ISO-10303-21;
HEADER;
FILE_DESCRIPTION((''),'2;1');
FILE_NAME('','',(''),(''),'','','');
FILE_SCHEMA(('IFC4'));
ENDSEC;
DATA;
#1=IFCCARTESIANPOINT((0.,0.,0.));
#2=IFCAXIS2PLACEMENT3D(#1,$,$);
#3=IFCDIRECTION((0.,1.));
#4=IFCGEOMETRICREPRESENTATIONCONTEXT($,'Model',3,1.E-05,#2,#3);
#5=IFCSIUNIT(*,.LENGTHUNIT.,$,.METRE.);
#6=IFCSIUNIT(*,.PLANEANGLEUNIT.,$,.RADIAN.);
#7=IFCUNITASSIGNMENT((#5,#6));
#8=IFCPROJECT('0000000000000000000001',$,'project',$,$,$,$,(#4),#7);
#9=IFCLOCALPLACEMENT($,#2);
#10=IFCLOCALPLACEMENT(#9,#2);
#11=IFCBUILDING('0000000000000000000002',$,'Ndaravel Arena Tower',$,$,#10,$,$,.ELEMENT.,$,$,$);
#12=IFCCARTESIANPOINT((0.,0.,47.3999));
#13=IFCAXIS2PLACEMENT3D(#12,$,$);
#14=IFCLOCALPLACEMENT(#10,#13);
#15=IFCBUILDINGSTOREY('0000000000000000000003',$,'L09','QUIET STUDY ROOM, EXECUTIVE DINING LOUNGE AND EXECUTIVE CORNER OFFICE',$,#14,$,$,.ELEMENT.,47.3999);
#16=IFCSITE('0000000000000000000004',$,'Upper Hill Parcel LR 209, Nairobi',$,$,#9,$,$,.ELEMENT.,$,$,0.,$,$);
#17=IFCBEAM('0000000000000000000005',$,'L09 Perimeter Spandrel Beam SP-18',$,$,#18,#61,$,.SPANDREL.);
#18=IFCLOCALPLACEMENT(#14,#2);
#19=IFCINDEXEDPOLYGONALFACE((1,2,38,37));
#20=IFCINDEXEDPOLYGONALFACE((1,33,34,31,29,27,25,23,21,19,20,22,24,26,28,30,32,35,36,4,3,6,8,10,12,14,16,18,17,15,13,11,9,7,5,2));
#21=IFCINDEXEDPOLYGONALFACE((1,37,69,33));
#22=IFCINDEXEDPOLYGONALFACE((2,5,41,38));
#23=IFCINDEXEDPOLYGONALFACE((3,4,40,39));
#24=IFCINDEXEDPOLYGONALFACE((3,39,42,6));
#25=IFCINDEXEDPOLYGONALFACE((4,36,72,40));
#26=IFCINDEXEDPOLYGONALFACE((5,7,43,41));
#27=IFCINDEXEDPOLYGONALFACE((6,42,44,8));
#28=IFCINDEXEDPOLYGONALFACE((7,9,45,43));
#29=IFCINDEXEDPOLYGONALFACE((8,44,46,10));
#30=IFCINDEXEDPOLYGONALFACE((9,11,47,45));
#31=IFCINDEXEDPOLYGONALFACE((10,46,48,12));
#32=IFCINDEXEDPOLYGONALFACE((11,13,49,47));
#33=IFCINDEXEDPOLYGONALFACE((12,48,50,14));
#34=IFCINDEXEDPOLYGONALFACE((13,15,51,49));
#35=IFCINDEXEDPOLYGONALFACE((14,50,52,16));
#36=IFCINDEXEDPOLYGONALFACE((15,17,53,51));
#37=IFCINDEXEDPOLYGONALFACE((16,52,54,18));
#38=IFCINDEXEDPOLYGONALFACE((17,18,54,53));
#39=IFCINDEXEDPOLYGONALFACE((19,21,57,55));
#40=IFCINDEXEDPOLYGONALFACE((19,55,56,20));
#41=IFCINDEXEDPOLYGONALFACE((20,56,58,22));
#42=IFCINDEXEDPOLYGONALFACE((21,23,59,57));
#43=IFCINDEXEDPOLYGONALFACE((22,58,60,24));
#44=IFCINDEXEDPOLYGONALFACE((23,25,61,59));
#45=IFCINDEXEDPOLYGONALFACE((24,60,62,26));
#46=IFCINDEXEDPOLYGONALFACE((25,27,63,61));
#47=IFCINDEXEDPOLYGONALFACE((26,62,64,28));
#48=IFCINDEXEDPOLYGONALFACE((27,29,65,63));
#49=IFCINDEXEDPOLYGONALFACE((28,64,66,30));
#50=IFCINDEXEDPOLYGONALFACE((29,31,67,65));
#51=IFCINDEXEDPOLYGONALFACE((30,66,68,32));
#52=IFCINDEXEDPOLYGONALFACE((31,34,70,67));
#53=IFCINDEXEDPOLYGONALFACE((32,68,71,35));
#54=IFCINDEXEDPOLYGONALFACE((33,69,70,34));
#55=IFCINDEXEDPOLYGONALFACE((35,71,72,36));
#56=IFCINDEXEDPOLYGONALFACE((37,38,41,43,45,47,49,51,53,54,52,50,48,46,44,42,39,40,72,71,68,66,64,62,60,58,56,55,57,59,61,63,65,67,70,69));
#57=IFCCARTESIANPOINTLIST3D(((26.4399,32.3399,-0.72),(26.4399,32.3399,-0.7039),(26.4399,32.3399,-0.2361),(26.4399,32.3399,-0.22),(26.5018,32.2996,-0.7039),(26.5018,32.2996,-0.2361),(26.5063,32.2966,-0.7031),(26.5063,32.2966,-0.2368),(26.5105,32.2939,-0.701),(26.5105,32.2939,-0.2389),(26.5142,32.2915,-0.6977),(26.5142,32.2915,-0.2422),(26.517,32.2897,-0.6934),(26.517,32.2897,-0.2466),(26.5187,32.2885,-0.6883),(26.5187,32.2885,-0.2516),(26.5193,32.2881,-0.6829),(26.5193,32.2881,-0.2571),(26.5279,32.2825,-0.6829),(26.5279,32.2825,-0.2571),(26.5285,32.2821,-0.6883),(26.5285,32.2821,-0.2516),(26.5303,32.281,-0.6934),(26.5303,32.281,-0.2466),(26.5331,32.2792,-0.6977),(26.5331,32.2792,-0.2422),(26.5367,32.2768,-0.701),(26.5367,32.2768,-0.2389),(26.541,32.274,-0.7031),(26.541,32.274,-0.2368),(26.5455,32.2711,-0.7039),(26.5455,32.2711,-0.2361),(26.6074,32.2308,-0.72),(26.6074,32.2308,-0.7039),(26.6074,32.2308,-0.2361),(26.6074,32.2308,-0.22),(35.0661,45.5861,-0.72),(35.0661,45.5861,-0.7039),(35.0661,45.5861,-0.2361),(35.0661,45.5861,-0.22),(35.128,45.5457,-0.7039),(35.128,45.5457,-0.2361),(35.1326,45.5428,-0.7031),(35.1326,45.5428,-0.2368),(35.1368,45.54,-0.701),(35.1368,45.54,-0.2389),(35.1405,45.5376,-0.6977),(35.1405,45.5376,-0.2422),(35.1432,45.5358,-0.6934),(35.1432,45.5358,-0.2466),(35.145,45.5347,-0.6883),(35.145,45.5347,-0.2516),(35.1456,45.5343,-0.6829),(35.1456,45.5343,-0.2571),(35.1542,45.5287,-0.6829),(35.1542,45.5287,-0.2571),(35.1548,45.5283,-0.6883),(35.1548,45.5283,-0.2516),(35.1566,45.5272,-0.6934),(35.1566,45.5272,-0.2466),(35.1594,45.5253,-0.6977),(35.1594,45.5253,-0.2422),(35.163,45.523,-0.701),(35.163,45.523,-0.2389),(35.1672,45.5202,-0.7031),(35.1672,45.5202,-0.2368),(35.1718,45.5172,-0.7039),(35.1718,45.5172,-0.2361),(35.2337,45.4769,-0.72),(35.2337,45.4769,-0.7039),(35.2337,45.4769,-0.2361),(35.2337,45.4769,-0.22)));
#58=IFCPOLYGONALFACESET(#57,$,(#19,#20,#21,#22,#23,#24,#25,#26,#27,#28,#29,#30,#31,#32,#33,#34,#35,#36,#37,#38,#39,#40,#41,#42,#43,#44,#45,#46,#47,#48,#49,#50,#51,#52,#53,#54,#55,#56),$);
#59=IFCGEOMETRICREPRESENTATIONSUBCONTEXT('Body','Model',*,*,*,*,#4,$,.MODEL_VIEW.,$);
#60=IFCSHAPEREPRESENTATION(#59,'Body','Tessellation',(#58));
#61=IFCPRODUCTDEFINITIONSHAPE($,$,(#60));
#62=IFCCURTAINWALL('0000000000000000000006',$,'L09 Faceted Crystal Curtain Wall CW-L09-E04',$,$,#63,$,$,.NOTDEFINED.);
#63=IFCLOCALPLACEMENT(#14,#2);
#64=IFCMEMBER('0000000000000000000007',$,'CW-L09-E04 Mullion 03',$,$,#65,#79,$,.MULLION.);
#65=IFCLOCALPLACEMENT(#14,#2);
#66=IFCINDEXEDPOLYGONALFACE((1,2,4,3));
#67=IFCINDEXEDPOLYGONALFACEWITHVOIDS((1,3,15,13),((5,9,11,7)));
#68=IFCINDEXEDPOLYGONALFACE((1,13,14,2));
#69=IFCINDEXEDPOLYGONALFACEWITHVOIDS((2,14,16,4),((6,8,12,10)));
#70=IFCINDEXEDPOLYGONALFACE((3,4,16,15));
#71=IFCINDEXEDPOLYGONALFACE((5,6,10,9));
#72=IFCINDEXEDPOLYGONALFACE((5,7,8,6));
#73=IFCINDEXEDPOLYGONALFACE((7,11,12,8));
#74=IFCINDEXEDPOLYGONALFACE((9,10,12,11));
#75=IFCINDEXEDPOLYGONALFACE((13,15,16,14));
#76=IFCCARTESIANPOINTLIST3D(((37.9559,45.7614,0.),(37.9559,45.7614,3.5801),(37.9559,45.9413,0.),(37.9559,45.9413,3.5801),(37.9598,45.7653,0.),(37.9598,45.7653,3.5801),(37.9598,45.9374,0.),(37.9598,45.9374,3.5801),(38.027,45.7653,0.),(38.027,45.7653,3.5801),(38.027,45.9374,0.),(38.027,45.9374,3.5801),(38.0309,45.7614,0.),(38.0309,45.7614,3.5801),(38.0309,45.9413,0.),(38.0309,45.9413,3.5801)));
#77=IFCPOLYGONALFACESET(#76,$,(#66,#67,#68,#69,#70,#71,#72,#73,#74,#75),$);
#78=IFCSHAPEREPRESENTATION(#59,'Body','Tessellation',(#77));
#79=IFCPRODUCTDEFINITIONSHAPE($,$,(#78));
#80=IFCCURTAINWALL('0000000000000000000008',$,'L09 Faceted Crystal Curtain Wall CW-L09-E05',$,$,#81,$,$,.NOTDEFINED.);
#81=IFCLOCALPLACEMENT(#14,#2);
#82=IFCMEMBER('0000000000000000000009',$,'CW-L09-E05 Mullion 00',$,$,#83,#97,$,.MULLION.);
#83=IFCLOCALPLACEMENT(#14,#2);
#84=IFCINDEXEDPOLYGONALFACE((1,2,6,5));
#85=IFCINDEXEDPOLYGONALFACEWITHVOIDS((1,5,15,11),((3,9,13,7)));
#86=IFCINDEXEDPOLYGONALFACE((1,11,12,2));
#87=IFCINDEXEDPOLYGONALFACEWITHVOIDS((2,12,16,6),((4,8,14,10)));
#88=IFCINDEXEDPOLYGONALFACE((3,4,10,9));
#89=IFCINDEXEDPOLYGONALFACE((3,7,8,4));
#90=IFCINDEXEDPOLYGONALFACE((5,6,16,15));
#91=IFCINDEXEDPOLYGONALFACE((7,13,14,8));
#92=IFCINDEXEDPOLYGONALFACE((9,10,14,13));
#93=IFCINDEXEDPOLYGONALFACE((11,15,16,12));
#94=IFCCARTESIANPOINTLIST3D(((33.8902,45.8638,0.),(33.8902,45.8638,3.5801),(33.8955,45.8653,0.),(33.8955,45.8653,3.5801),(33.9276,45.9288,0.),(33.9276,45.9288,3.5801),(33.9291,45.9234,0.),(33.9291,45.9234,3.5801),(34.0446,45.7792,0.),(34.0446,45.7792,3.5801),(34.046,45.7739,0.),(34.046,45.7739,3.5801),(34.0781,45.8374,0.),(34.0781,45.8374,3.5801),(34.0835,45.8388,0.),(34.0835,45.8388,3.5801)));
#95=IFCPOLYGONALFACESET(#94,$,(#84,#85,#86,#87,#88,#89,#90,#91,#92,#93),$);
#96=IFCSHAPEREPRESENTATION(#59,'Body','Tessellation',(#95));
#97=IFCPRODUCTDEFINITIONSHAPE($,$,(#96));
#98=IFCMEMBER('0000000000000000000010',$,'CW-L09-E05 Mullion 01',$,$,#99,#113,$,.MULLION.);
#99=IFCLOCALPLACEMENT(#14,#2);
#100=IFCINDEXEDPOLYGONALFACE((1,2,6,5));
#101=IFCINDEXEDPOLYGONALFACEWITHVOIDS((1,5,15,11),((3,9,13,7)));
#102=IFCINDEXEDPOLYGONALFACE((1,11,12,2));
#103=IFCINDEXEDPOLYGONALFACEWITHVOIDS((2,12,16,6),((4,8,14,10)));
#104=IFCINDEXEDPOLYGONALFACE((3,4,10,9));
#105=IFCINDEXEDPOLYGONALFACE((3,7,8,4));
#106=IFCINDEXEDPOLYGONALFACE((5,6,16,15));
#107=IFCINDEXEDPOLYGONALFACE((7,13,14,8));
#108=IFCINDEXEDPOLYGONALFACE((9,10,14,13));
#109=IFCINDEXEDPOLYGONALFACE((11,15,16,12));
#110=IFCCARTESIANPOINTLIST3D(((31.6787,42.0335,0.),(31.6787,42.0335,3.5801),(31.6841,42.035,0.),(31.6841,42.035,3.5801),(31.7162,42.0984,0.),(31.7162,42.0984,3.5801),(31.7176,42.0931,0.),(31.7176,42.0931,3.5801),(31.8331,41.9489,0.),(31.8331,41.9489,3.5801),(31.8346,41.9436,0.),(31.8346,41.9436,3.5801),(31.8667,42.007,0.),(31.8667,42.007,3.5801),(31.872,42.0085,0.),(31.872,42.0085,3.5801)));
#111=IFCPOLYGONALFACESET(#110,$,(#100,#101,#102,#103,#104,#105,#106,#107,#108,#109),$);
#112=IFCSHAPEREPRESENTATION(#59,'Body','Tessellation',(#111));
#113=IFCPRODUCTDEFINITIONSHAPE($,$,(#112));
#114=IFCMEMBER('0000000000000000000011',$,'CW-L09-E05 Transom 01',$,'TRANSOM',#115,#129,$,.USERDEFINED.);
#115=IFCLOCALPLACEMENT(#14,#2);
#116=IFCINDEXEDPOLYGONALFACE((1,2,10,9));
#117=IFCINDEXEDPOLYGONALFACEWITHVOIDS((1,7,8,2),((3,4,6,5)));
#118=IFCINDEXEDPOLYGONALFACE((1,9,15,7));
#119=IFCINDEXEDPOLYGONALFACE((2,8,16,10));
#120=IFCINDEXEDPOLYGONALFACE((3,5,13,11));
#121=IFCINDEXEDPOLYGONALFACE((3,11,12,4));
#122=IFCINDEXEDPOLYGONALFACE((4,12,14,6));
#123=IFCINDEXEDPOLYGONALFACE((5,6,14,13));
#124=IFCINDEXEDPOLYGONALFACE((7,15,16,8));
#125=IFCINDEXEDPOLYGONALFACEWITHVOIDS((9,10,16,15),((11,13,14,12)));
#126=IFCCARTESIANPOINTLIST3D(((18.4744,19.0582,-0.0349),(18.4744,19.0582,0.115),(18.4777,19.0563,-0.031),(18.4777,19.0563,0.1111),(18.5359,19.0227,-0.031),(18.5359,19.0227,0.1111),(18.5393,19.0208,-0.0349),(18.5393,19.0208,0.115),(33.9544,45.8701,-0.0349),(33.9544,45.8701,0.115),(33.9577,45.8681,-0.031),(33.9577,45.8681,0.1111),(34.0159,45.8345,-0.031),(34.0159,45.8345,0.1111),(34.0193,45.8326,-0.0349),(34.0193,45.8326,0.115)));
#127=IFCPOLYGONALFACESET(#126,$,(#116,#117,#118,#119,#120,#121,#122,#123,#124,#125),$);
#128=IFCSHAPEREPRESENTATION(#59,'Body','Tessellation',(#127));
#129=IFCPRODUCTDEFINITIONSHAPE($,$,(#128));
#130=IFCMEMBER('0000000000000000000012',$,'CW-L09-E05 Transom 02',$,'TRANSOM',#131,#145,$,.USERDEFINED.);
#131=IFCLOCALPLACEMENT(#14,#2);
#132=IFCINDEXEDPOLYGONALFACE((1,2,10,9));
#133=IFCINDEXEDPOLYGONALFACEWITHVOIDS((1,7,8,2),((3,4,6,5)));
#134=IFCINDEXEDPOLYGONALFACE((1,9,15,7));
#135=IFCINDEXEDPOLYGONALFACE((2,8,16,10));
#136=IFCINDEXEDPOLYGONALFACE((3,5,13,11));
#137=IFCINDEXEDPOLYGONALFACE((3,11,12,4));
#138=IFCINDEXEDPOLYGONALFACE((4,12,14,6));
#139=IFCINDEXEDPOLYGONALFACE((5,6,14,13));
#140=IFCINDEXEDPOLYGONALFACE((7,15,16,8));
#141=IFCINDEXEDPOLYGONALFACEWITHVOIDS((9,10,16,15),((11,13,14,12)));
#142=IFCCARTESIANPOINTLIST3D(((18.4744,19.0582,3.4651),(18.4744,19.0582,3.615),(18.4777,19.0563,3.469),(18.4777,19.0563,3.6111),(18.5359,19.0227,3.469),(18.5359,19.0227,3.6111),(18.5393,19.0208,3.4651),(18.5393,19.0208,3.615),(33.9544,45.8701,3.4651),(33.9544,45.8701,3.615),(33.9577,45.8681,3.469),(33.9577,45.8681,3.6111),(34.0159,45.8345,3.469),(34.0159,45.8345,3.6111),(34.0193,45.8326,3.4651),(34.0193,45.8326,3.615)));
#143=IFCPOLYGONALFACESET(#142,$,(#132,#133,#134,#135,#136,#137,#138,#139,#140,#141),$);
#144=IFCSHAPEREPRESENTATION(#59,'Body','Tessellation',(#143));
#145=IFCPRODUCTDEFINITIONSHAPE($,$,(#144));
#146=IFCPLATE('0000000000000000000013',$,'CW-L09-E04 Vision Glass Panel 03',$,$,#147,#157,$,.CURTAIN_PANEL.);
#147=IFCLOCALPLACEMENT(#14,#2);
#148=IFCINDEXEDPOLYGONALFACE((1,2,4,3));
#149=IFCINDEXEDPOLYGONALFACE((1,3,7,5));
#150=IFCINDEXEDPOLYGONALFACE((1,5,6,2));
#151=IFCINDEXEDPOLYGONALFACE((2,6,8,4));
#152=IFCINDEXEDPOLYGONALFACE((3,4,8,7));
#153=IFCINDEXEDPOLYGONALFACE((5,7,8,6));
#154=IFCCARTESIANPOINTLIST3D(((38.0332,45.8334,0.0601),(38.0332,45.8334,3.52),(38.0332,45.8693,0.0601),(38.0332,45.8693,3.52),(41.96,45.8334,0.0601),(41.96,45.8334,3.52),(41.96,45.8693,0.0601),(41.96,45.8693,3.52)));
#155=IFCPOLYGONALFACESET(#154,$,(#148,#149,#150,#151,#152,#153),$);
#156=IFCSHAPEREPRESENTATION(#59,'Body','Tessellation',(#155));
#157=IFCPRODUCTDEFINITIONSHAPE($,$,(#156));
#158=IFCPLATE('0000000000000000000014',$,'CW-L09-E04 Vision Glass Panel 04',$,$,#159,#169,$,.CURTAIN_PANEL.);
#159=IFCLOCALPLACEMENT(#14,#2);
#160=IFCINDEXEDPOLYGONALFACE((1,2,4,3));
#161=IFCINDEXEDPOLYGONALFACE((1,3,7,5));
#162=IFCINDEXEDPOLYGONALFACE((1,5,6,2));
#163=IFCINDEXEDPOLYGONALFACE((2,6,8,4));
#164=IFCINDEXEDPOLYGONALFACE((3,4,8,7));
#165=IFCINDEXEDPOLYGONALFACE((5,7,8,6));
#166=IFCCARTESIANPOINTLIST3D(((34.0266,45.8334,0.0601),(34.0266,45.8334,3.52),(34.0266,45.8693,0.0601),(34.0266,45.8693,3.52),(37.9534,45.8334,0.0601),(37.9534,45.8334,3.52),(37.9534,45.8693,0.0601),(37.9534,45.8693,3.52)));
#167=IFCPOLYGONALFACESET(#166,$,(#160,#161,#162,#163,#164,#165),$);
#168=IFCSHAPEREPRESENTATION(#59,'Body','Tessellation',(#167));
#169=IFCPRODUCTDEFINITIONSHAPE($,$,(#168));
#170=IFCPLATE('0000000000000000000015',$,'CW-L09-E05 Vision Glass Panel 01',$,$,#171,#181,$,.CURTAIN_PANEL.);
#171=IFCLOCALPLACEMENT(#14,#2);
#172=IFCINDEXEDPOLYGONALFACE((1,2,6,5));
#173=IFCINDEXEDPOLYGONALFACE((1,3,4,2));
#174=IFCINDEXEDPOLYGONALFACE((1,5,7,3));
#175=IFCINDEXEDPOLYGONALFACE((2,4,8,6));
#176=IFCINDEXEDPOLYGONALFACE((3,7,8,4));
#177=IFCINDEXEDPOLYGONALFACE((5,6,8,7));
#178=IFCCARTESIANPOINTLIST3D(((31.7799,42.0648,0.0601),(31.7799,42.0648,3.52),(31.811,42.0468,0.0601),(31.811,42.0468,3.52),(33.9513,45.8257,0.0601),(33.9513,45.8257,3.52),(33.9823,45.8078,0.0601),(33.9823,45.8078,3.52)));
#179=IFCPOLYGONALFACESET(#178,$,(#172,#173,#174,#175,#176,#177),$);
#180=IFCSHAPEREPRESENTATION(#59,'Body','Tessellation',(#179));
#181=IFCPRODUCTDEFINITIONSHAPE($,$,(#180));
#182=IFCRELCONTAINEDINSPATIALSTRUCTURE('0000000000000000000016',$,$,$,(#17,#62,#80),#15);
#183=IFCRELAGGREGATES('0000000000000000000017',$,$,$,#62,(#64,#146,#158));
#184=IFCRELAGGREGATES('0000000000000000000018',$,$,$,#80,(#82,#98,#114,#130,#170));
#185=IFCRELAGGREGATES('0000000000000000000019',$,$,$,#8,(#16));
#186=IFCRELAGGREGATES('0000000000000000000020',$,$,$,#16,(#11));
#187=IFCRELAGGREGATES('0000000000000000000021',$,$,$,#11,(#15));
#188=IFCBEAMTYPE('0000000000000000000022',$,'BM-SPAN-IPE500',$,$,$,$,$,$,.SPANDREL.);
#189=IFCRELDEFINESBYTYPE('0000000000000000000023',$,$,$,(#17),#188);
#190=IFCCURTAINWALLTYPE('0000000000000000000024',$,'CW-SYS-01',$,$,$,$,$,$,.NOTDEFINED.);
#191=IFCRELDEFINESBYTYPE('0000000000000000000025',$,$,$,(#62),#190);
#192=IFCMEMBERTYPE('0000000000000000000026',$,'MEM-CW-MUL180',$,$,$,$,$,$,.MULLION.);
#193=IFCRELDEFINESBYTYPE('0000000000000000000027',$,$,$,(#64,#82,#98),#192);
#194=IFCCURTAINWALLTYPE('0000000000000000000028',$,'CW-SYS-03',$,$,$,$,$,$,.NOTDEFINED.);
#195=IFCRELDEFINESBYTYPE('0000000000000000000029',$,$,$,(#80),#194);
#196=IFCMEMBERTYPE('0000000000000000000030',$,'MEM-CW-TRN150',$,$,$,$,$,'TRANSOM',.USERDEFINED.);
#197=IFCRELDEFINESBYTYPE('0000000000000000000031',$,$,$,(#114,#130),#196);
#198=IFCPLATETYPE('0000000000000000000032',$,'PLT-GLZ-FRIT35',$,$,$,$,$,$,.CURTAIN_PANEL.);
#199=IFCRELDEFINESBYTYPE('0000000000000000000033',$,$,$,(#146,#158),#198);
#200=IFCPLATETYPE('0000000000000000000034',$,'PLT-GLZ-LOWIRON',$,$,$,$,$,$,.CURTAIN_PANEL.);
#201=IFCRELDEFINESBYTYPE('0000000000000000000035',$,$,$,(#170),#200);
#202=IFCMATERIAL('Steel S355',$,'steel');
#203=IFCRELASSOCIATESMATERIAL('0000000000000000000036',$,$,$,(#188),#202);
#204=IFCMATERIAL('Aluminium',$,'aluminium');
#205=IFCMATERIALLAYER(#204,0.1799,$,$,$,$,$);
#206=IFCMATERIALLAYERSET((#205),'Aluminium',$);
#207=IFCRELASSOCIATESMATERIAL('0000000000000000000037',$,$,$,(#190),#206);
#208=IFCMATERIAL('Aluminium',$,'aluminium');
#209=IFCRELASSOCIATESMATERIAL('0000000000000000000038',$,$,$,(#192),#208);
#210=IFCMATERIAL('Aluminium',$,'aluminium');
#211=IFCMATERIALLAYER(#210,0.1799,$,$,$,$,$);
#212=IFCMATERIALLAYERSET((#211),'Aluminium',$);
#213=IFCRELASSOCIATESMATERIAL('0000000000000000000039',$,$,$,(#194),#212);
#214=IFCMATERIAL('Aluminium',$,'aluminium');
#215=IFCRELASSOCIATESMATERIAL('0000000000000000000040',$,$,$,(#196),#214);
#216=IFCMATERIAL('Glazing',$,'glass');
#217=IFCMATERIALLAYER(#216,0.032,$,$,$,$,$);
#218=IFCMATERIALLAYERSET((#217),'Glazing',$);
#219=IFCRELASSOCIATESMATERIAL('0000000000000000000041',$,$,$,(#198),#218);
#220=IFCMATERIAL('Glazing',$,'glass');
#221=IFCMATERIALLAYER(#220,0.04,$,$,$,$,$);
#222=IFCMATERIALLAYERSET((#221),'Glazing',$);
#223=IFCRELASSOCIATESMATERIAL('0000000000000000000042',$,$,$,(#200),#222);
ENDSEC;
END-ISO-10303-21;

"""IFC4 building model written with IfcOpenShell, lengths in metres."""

from ifc_helpers import new_model, si_unit, direction, frame, origin, origin_2d, place, context, subcontext, project, spatial, rectangle, hollow_rectangle, i_section, extrude, material, layer, layer_set, material_profile, profile_set, type_object, element, aggregate, save


model = new_model("IFC4")

# Units and contexts
model_context = context("Model", 3, precision=1e-05, world=origin(), true_north=direction((0.0, 1.0)))
body_context = subcontext(model_context, "Body", "Model", "MODEL_VIEW")
ifc_project = project(units=[si_unit("LENGTHUNIT", "METRE"), si_unit("PLANEANGLEUNIT", "RADIAN")], contexts=[model_context])

# Site, building, storey
site_placement = place(None, origin())
site = spatial("IfcSite", under=ifc_project, at=site_placement, Name="Upper Hill Parcel LR 209, Nairobi", CompositionType="ELEMENT", RefElevation=0.0)
building_placement = place(site_placement, origin())
building = spatial("IfcBuilding", under=site, at=building_placement, Name="Ndaravel Arena Tower", CompositionType="ELEMENT")
storey_placement = place(building_placement, frame((0.0, 0.0, 47.3999)))
storey = spatial("IfcBuildingStorey", under=building, at=storey_placement, Name="L09", Description="QUIET STUDY ROOM, EXECUTIVE DINING LOUNGE AND EXECUTIVE CORNER OFFICE", CompositionType="ELEMENT", Elevation=47.3999)

# Beam
ifc_material_1 = material(Name="Steel S355", Category="steel")
ifc_material_profile_1 = material_profile(ifc_material_1, i_section(OverallWidth=0.2, OverallDepth=0.5, WebThickness=0.0103, FlangeThickness=0.0161, FilletRadius=0.021, at=origin_2d()), Name="IPE 500")
ifc_profile_set_1 = profile_set([ifc_material_profile_1], Name="Steel S355")
beam_type_1 = type_object("IfcBeamType", Name="BM-SPAN-IPE500", PredefinedType="SPANDREL", material=ifc_profile_set_1)
beam_1_placement = place(storey_placement, frame((35.1499, 45.5315, -0.47), z_axis=(-0.545711, -0.837973, 0.0), x_axis=(0.837973, -0.545711, 0.0)))
element("IfcBeam", 1, at=beam_1_placement, inside=storey, type_object=beam_type_1, Name="L09 Perimeter Spandrel Beam SP-18", PredefinedType="SPANDREL", context=body_context, shape_type="SweptSolid", body=[
    extrude(i_section(OverallWidth=0.2, OverallDepth=0.5, WebThickness=0.0103, FlangeThickness=0.0161, FilletRadius=0.021, at=origin_2d()), origin(), (0.0, 0.0, 1.0), 15.8074),
])

# Curtain wall, member
ifc_material_2 = material(Name="Aluminium", Category="aluminium")
ifc_layer_1 = layer(ifc_material_2, 0.1799)
ifc_layer_set_1 = layer_set([ifc_layer_1], Name="Aluminium")
curtain_wall_type_1 = type_object("IfcCurtainWallType", Name="CW-SYS-01", PredefinedType="NOTDEFINED", material=ifc_layer_set_1)
curtain_wall_1_placement = place(storey_placement, origin())
curtain_wall_1 = element("IfcCurtainWall", 2, at=curtain_wall_1_placement, inside=storey, type_object=curtain_wall_type_1, Name="L09 Faceted Crystal Curtain Wall CW-L09-E04", PredefinedType="NOTDEFINED")
ifc_material_3 = material(Name="Aluminium", Category="aluminium")
ifc_material_profile_2 = material_profile(ifc_material_3, hollow_rectangle(XDim=0.075, YDim=0.1799, WallThickness=0.0039, at=origin_2d()), Name="CW MULLION 75x180x4")
ifc_profile_set_2 = profile_set([ifc_material_profile_2], Name="Aluminium")
member_type_1 = type_object("IfcMemberType", Name="MEM-CW-MUL180", PredefinedType="MULLION", material=ifc_profile_set_2)
member_1_placement = place(storey_placement, frame((37.9934, 45.8513, 0.0), z_axis=(0.0, 0.0, 1.0), x_axis=(-1.0, 0.0, 0.0)))
member_1 = element("IfcMember", 3, at=member_1_placement, type_object=member_type_1, Name="CW-L09-E04 Mullion 03", PredefinedType="MULLION", context=body_context, shape_type="SweptSolid", body=[
    extrude(hollow_rectangle(XDim=0.075, YDim=0.1799, WallThickness=0.0039, at=origin_2d()), origin(), (0.0, 0.0, 1.0), 3.5801),
])

# Curtain wall, members
ifc_material_4 = material(Name="Aluminium", Category="aluminium")
ifc_layer_2 = layer(ifc_material_4, 0.1799)
ifc_layer_set_2 = layer_set([ifc_layer_2], Name="Aluminium")
curtain_wall_type_2 = type_object("IfcCurtainWallType", Name="CW-SYS-03", PredefinedType="NOTDEFINED", material=ifc_layer_set_2)
curtain_wall_2_placement = place(storey_placement, origin())
curtain_wall_2 = element("IfcCurtainWall", 4, at=curtain_wall_2_placement, inside=storey, type_object=curtain_wall_type_2, Name="L09 Faceted Crystal Curtain Wall CW-L09-E05", PredefinedType="NOTDEFINED")
member_2_placement = place(storey_placement, frame((33.9868, 45.8513, 0.0), z_axis=(0.0, 0.0, 1.0), x_axis=(-0.5, -0.866025, 0.0)))
member_2 = element("IfcMember", 5, at=member_2_placement, type_object=member_type_1, Name="CW-L09-E05 Mullion 00", PredefinedType="MULLION", context=body_context, shape_type="SweptSolid", body=[
    extrude(hollow_rectangle(XDim=0.075, YDim=0.1799, WallThickness=0.0039, at=origin_2d()), origin(), (0.0, 0.0, 1.0), 3.5801),
])
member_3_placement = place(storey_placement, frame((31.7754, 42.021, 0.0), z_axis=(0.0, 0.0, 1.0), x_axis=(-0.5, -0.866025, 0.0)))
member_3 = element("IfcMember", 6, at=member_3_placement, type_object=member_type_1, Name="CW-L09-E05 Mullion 01", PredefinedType="MULLION", context=body_context, shape_type="SweptSolid", body=[
    extrude(hollow_rectangle(XDim=0.075, YDim=0.1799, WallThickness=0.0039, at=origin_2d()), origin(), (0.0, 0.0, 1.0), 3.5801),
])
ifc_material_5 = material(Name="Aluminium", Category="aluminium")
ifc_material_profile_3 = material_profile(ifc_material_5, hollow_rectangle(XDim=0.075, YDim=0.1499, WallThickness=0.0039, at=origin_2d()), Name="CW TRANSOM 75x150x4")
ifc_profile_set_3 = profile_set([ifc_material_profile_3], Name="Aluminium")
member_type_2 = type_object("IfcMemberType", Name="MEM-CW-TRN150", ElementType="TRANSOM", PredefinedType="USERDEFINED", material=ifc_profile_set_3)
member_4_placement = place(storey_placement, frame((33.9868, 45.8513, 0.04), z_axis=(-0.500005, -0.866023, 0.0), x_axis=(0.866023, -0.500005, 0.0)))
member_4 = element("IfcMember", 7, at=member_4_placement, type_object=member_type_2, Name="CW-L09-E05 Transom 01", ObjectType="TRANSOM", PredefinedType="USERDEFINED", context=body_context, shape_type="SweptSolid", body=[
    extrude(hollow_rectangle(XDim=0.075, YDim=0.1499, WallThickness=0.0039, at=origin_2d()), origin(), (0.0, 0.0, 1.0), 30.9597),
])
member_5_placement = place(storey_placement, frame((33.9868, 45.8513, 3.54), z_axis=(-0.500005, -0.866023, 0.0), x_axis=(0.866023, -0.500005, 0.0)))
member_5 = element("IfcMember", 8, at=member_5_placement, type_object=member_type_2, Name="CW-L09-E05 Transom 02", ObjectType="TRANSOM", PredefinedType="USERDEFINED", context=body_context, shape_type="SweptSolid", body=[
    extrude(hollow_rectangle(XDim=0.075, YDim=0.1499, WallThickness=0.0039, at=origin_2d()), origin(), (0.0, 0.0, 1.0), 30.9597),
])

# Plates
ifc_material_6 = material(Name="Glazing", Category="glass")
ifc_layer_3 = layer(ifc_material_6, 0.032)
ifc_layer_set_3 = layer_set([ifc_layer_3], Name="Glazing")
plate_type_1 = type_object("IfcPlateType", Name="PLT-GLZ-FRIT35", PredefinedType="CURTAIN_PANEL", material=ifc_layer_set_3)
plate_1_placement = place(storey_placement, frame((39.9966, 45.8513, 0.0601), z_axis=(0.0, 0.0, 1.0), x_axis=(-1.0, 0.0, 0.0)))
plate_1 = element("IfcPlate", 9, at=plate_1_placement, type_object=plate_type_1, Name="CW-L09-E04 Vision Glass Panel 03", PredefinedType="CURTAIN_PANEL", context=body_context, shape_type="SweptSolid", body=[
    extrude(rectangle(XDim=3.9268, YDim=0.0359, at=origin_2d()), origin(), (0.0, 0.0, 1.0), 3.46),
])
plate_2_placement = place(storey_placement, frame((35.99, 45.8513, 0.0601), z_axis=(0.0, 0.0, 1.0), x_axis=(-1.0, 0.0, 0.0)))
plate_2 = element("IfcPlate", 10, at=plate_2_placement, type_object=plate_type_1, Name="CW-L09-E04 Vision Glass Panel 04", PredefinedType="CURTAIN_PANEL", context=body_context, shape_type="SweptSolid", body=[
    extrude(rectangle(XDim=3.9268, YDim=0.0359, at=origin_2d()), origin(), (0.0, 0.0, 1.0), 3.46),
])
aggregate(curtain_wall_1, [member_1, plate_1, plate_2])
ifc_material_7 = material(Name="Glazing", Category="glass")
ifc_layer_4 = layer(ifc_material_7, 0.04)
ifc_layer_set_4 = layer_set([ifc_layer_4], Name="Glazing")
plate_type_2 = type_object("IfcPlateType", Name="PLT-GLZ-LOWIRON", PredefinedType="CURTAIN_PANEL", material=ifc_layer_set_4)
plate_3_placement = place(storey_placement, frame((32.8811, 43.9363, 0.0601), z_axis=(0.0, 0.0, 1.0), x_axis=(-0.5, -0.866025, 0.0)))
plate_3 = element("IfcPlate", 11, at=plate_3_placement, type_object=plate_type_2, Name="CW-L09-E05 Vision Glass Panel 01", PredefinedType="CURTAIN_PANEL", context=body_context, shape_type="SweptSolid", body=[
    extrude(rectangle(XDim=4.3428, YDim=0.0359, at=origin_2d()), origin(), (0.0, 0.0, 1.0), 3.46),
])
aggregate(curtain_wall_2, [member_2, member_3, member_4, member_5, plate_3])

save(model, "model.ifc")
